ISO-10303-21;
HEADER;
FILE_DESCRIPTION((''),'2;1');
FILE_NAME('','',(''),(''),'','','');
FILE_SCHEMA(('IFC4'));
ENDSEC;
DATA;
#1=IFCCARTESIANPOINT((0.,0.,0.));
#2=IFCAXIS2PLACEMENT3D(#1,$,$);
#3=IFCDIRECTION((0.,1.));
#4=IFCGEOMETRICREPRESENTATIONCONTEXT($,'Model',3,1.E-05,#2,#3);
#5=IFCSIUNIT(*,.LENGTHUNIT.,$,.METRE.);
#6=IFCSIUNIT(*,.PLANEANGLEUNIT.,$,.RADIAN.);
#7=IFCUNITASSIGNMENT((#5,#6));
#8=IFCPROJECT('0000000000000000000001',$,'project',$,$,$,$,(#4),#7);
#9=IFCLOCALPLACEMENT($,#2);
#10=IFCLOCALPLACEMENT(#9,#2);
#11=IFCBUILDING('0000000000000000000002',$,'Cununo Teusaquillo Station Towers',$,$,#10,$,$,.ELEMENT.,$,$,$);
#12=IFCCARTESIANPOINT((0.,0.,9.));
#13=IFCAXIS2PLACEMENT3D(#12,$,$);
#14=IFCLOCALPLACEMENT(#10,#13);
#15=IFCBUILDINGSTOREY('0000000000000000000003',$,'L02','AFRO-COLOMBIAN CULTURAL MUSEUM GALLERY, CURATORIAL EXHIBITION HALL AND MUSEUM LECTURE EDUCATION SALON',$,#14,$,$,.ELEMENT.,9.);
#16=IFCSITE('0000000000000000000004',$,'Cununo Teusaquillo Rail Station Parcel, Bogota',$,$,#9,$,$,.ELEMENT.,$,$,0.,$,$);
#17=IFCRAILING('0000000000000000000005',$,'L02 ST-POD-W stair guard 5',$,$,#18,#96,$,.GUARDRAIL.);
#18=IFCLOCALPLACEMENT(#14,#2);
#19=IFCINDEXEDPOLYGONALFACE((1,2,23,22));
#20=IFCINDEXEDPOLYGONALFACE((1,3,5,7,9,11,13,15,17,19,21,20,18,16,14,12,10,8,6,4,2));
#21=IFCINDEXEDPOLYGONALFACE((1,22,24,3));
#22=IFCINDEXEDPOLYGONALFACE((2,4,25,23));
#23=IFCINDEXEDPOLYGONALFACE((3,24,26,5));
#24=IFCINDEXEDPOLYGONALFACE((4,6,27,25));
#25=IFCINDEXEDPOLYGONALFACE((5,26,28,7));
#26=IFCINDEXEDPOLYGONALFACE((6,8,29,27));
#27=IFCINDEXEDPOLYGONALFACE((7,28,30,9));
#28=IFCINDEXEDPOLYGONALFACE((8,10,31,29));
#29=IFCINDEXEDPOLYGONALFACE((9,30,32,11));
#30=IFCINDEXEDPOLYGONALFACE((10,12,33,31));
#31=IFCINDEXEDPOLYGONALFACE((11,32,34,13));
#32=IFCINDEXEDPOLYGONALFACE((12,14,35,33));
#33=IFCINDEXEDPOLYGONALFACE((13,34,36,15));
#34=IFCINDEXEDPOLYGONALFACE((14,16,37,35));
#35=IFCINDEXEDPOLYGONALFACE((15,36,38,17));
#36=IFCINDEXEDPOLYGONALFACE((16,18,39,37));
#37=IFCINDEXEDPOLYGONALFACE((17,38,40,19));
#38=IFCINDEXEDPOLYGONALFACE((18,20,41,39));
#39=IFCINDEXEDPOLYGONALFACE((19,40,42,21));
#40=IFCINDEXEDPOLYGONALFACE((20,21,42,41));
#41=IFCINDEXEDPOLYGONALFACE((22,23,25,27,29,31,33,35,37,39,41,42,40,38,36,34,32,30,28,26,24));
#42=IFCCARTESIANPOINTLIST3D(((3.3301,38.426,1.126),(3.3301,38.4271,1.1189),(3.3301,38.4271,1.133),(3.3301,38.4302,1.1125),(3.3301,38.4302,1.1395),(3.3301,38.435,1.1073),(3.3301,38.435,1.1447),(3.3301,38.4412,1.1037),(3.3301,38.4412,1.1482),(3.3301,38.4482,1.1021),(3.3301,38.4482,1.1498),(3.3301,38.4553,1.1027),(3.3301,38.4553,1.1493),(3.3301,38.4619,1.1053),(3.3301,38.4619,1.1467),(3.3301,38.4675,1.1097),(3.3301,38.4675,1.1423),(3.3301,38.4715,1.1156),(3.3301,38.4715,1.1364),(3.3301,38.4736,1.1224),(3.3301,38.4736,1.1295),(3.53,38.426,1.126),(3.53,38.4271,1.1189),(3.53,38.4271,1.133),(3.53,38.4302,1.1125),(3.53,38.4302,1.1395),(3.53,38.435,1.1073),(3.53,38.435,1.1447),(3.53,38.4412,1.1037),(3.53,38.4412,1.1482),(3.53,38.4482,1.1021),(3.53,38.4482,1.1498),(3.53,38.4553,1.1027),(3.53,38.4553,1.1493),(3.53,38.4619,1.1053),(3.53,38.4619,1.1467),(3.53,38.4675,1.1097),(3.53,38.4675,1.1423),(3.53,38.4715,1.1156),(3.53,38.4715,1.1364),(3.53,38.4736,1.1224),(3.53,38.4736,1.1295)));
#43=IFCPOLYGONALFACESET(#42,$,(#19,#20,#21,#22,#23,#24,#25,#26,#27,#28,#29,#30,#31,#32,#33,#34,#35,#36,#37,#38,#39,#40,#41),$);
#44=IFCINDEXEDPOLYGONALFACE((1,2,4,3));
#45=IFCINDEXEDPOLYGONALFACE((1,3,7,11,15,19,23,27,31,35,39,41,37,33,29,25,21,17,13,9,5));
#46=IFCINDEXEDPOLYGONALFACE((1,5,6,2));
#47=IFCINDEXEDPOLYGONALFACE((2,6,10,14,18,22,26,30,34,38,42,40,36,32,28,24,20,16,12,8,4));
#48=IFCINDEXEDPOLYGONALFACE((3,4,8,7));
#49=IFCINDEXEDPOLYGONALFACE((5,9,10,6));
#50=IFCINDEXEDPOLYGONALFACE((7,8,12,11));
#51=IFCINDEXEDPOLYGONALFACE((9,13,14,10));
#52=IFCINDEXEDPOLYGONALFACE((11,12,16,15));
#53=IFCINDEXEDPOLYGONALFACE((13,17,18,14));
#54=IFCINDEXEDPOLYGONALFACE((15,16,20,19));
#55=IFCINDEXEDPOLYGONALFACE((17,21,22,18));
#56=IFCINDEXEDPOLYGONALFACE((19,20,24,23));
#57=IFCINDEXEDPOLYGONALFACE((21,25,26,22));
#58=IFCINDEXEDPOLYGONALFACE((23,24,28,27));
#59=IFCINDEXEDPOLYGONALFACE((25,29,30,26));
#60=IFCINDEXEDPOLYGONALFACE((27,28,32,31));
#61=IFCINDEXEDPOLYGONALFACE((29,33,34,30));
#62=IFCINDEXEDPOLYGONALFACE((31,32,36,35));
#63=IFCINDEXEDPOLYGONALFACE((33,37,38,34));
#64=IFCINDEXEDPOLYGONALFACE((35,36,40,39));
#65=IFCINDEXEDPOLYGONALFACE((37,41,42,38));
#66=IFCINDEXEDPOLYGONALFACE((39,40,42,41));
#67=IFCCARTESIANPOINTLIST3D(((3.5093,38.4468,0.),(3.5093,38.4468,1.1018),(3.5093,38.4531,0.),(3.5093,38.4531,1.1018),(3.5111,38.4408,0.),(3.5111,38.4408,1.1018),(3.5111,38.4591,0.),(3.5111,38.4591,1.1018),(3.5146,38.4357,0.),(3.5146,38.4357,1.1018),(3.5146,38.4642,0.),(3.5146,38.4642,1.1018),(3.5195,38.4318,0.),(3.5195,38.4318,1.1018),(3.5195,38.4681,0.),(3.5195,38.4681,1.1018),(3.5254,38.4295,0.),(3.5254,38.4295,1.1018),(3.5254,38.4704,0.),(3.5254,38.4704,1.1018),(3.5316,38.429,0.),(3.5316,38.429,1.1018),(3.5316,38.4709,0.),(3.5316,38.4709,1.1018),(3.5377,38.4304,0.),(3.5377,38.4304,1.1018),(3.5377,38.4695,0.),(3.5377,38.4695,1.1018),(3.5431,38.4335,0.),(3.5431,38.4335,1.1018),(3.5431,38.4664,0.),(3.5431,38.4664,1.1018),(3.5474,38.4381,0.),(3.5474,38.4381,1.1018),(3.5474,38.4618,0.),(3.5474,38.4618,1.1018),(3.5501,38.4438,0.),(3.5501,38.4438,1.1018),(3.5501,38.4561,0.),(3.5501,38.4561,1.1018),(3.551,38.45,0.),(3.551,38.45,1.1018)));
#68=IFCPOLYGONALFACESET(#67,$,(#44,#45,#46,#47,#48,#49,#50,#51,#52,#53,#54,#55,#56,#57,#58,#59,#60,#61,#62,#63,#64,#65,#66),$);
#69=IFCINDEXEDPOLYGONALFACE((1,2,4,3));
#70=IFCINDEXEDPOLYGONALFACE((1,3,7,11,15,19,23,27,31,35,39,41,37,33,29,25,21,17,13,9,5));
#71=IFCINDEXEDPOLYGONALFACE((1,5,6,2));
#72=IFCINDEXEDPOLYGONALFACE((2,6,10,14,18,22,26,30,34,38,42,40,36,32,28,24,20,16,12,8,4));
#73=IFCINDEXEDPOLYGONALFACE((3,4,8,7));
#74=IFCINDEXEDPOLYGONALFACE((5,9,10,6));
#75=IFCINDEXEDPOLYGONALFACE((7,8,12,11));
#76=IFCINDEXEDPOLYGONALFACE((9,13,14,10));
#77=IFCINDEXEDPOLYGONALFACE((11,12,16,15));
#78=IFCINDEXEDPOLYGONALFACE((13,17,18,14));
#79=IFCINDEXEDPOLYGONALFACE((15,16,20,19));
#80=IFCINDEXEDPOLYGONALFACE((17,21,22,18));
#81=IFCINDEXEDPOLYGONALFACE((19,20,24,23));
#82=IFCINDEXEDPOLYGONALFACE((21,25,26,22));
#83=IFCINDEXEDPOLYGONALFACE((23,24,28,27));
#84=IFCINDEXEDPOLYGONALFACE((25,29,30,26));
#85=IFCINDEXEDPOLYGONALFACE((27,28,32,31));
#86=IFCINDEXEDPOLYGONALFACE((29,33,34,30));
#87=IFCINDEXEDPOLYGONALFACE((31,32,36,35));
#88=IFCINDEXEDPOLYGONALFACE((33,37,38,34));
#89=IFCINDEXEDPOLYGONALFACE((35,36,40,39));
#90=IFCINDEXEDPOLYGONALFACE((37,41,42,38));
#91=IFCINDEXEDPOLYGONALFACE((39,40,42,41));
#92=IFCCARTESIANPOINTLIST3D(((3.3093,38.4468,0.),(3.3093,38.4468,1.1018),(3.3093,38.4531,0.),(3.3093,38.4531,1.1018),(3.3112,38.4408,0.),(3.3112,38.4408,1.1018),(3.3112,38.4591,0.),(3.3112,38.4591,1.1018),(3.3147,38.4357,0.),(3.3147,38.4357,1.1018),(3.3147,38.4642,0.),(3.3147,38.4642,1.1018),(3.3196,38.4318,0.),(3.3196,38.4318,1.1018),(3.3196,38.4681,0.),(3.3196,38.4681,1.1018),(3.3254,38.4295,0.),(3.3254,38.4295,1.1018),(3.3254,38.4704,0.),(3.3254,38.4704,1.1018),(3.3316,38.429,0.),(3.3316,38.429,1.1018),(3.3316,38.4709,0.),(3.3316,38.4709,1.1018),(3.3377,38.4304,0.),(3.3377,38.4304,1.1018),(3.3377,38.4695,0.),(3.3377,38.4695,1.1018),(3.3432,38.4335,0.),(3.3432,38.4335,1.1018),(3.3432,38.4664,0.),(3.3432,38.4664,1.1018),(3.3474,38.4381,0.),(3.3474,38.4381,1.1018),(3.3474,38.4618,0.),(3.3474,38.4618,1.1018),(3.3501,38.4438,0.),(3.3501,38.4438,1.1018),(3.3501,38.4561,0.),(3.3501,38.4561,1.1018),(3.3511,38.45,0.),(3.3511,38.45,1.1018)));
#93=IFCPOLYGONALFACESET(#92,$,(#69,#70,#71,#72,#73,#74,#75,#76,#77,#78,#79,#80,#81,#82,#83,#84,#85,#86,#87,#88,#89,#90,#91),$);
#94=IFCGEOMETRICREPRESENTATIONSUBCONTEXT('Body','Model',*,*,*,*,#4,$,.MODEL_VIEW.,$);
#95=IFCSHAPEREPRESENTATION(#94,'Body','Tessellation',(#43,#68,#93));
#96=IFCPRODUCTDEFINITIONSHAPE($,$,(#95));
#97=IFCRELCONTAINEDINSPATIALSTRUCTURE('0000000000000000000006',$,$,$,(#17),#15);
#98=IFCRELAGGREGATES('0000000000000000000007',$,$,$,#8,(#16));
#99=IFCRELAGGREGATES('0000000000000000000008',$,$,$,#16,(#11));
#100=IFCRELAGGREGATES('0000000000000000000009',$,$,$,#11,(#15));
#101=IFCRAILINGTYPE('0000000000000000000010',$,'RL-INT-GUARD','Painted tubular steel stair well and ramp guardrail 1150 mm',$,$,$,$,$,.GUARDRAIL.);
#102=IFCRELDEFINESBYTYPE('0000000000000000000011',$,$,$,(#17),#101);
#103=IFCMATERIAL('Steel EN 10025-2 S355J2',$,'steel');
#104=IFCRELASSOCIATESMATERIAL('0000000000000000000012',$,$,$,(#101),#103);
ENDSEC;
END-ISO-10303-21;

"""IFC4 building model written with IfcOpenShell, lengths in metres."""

from ifc_helpers import new_model, si_unit, direction, frame, origin, origin_2d, place, context, subcontext, project, spatial, circle, extrude, material, type_object, element, save


model = new_model("IFC4")

# Units and contexts
model_context = context("Model", 3, precision=1e-05, world=origin(), true_north=direction((0.0, 1.0)))
body_context = subcontext(model_context, "Body", "Model", "MODEL_VIEW")
ifc_project = project(units=[si_unit("LENGTHUNIT", "METRE"), si_unit("PLANEANGLEUNIT", "RADIAN")], contexts=[model_context])

# Site, building, storey
site_placement = place(None, origin())
site = spatial("IfcSite", under=ifc_project, at=site_placement, Name="Cununo Teusaquillo Rail Station Parcel, Bogota", CompositionType="ELEMENT", RefElevation=0.0)
building_placement = place(site_placement, origin())
building = spatial("IfcBuilding", under=site, at=building_placement, Name="Cununo Teusaquillo Station Towers", CompositionType="ELEMENT")
storey_placement = place(building_placement, frame((0.0, 0.0, 9.0)))
storey = spatial("IfcBuildingStorey", under=building, at=storey_placement, Name="L02", Description="AFRO-COLOMBIAN CULTURAL MUSEUM GALLERY, CURATORIAL EXHIBITION HALL AND MUSEUM LECTURE EDUCATION SALON", CompositionType="ELEMENT", Elevation=9.0)

# Railing
ifc_material_1 = material(Name="Steel EN 10025-2 S355J2", Category="steel")
railing_type_1 = type_object("IfcRailingType", Name="RL-INT-GUARD", Description="Painted tubular steel stair well and ramp guardrail 1150 mm", PredefinedType="GUARDRAIL", material=ifc_material_1)
railing_1_placement = place(storey_placement, frame((3.53, 38.45, 0.0)))
element("IfcRailing", 1, at=railing_1_placement, inside=storey, type_object=railing_type_1, Name="L02 ST-POD-W stair guard 5", PredefinedType="GUARDRAIL", context=body_context, shape_type="SweptSolid", body=[
    extrude(circle(Radius=0.0239, at=origin_2d()), frame((0.0, 0.0, 1.126), z_axis=(-1.0, 0.0, 0.0), x_axis=(0.0, -1.0, 0.0)), (0.0, 0.0, 1.0), 0.2),
    extrude(circle(Radius=0.021, at=origin_2d()), origin(), (0.0, 0.0, 1.0), 1.1018),
    extrude(circle(Radius=0.021, at=origin_2d()), frame((-0.2, 0.0, 0.0)), (0.0, 0.0, 1.0), 1.1018),
])

save(model, "model.ifc")
